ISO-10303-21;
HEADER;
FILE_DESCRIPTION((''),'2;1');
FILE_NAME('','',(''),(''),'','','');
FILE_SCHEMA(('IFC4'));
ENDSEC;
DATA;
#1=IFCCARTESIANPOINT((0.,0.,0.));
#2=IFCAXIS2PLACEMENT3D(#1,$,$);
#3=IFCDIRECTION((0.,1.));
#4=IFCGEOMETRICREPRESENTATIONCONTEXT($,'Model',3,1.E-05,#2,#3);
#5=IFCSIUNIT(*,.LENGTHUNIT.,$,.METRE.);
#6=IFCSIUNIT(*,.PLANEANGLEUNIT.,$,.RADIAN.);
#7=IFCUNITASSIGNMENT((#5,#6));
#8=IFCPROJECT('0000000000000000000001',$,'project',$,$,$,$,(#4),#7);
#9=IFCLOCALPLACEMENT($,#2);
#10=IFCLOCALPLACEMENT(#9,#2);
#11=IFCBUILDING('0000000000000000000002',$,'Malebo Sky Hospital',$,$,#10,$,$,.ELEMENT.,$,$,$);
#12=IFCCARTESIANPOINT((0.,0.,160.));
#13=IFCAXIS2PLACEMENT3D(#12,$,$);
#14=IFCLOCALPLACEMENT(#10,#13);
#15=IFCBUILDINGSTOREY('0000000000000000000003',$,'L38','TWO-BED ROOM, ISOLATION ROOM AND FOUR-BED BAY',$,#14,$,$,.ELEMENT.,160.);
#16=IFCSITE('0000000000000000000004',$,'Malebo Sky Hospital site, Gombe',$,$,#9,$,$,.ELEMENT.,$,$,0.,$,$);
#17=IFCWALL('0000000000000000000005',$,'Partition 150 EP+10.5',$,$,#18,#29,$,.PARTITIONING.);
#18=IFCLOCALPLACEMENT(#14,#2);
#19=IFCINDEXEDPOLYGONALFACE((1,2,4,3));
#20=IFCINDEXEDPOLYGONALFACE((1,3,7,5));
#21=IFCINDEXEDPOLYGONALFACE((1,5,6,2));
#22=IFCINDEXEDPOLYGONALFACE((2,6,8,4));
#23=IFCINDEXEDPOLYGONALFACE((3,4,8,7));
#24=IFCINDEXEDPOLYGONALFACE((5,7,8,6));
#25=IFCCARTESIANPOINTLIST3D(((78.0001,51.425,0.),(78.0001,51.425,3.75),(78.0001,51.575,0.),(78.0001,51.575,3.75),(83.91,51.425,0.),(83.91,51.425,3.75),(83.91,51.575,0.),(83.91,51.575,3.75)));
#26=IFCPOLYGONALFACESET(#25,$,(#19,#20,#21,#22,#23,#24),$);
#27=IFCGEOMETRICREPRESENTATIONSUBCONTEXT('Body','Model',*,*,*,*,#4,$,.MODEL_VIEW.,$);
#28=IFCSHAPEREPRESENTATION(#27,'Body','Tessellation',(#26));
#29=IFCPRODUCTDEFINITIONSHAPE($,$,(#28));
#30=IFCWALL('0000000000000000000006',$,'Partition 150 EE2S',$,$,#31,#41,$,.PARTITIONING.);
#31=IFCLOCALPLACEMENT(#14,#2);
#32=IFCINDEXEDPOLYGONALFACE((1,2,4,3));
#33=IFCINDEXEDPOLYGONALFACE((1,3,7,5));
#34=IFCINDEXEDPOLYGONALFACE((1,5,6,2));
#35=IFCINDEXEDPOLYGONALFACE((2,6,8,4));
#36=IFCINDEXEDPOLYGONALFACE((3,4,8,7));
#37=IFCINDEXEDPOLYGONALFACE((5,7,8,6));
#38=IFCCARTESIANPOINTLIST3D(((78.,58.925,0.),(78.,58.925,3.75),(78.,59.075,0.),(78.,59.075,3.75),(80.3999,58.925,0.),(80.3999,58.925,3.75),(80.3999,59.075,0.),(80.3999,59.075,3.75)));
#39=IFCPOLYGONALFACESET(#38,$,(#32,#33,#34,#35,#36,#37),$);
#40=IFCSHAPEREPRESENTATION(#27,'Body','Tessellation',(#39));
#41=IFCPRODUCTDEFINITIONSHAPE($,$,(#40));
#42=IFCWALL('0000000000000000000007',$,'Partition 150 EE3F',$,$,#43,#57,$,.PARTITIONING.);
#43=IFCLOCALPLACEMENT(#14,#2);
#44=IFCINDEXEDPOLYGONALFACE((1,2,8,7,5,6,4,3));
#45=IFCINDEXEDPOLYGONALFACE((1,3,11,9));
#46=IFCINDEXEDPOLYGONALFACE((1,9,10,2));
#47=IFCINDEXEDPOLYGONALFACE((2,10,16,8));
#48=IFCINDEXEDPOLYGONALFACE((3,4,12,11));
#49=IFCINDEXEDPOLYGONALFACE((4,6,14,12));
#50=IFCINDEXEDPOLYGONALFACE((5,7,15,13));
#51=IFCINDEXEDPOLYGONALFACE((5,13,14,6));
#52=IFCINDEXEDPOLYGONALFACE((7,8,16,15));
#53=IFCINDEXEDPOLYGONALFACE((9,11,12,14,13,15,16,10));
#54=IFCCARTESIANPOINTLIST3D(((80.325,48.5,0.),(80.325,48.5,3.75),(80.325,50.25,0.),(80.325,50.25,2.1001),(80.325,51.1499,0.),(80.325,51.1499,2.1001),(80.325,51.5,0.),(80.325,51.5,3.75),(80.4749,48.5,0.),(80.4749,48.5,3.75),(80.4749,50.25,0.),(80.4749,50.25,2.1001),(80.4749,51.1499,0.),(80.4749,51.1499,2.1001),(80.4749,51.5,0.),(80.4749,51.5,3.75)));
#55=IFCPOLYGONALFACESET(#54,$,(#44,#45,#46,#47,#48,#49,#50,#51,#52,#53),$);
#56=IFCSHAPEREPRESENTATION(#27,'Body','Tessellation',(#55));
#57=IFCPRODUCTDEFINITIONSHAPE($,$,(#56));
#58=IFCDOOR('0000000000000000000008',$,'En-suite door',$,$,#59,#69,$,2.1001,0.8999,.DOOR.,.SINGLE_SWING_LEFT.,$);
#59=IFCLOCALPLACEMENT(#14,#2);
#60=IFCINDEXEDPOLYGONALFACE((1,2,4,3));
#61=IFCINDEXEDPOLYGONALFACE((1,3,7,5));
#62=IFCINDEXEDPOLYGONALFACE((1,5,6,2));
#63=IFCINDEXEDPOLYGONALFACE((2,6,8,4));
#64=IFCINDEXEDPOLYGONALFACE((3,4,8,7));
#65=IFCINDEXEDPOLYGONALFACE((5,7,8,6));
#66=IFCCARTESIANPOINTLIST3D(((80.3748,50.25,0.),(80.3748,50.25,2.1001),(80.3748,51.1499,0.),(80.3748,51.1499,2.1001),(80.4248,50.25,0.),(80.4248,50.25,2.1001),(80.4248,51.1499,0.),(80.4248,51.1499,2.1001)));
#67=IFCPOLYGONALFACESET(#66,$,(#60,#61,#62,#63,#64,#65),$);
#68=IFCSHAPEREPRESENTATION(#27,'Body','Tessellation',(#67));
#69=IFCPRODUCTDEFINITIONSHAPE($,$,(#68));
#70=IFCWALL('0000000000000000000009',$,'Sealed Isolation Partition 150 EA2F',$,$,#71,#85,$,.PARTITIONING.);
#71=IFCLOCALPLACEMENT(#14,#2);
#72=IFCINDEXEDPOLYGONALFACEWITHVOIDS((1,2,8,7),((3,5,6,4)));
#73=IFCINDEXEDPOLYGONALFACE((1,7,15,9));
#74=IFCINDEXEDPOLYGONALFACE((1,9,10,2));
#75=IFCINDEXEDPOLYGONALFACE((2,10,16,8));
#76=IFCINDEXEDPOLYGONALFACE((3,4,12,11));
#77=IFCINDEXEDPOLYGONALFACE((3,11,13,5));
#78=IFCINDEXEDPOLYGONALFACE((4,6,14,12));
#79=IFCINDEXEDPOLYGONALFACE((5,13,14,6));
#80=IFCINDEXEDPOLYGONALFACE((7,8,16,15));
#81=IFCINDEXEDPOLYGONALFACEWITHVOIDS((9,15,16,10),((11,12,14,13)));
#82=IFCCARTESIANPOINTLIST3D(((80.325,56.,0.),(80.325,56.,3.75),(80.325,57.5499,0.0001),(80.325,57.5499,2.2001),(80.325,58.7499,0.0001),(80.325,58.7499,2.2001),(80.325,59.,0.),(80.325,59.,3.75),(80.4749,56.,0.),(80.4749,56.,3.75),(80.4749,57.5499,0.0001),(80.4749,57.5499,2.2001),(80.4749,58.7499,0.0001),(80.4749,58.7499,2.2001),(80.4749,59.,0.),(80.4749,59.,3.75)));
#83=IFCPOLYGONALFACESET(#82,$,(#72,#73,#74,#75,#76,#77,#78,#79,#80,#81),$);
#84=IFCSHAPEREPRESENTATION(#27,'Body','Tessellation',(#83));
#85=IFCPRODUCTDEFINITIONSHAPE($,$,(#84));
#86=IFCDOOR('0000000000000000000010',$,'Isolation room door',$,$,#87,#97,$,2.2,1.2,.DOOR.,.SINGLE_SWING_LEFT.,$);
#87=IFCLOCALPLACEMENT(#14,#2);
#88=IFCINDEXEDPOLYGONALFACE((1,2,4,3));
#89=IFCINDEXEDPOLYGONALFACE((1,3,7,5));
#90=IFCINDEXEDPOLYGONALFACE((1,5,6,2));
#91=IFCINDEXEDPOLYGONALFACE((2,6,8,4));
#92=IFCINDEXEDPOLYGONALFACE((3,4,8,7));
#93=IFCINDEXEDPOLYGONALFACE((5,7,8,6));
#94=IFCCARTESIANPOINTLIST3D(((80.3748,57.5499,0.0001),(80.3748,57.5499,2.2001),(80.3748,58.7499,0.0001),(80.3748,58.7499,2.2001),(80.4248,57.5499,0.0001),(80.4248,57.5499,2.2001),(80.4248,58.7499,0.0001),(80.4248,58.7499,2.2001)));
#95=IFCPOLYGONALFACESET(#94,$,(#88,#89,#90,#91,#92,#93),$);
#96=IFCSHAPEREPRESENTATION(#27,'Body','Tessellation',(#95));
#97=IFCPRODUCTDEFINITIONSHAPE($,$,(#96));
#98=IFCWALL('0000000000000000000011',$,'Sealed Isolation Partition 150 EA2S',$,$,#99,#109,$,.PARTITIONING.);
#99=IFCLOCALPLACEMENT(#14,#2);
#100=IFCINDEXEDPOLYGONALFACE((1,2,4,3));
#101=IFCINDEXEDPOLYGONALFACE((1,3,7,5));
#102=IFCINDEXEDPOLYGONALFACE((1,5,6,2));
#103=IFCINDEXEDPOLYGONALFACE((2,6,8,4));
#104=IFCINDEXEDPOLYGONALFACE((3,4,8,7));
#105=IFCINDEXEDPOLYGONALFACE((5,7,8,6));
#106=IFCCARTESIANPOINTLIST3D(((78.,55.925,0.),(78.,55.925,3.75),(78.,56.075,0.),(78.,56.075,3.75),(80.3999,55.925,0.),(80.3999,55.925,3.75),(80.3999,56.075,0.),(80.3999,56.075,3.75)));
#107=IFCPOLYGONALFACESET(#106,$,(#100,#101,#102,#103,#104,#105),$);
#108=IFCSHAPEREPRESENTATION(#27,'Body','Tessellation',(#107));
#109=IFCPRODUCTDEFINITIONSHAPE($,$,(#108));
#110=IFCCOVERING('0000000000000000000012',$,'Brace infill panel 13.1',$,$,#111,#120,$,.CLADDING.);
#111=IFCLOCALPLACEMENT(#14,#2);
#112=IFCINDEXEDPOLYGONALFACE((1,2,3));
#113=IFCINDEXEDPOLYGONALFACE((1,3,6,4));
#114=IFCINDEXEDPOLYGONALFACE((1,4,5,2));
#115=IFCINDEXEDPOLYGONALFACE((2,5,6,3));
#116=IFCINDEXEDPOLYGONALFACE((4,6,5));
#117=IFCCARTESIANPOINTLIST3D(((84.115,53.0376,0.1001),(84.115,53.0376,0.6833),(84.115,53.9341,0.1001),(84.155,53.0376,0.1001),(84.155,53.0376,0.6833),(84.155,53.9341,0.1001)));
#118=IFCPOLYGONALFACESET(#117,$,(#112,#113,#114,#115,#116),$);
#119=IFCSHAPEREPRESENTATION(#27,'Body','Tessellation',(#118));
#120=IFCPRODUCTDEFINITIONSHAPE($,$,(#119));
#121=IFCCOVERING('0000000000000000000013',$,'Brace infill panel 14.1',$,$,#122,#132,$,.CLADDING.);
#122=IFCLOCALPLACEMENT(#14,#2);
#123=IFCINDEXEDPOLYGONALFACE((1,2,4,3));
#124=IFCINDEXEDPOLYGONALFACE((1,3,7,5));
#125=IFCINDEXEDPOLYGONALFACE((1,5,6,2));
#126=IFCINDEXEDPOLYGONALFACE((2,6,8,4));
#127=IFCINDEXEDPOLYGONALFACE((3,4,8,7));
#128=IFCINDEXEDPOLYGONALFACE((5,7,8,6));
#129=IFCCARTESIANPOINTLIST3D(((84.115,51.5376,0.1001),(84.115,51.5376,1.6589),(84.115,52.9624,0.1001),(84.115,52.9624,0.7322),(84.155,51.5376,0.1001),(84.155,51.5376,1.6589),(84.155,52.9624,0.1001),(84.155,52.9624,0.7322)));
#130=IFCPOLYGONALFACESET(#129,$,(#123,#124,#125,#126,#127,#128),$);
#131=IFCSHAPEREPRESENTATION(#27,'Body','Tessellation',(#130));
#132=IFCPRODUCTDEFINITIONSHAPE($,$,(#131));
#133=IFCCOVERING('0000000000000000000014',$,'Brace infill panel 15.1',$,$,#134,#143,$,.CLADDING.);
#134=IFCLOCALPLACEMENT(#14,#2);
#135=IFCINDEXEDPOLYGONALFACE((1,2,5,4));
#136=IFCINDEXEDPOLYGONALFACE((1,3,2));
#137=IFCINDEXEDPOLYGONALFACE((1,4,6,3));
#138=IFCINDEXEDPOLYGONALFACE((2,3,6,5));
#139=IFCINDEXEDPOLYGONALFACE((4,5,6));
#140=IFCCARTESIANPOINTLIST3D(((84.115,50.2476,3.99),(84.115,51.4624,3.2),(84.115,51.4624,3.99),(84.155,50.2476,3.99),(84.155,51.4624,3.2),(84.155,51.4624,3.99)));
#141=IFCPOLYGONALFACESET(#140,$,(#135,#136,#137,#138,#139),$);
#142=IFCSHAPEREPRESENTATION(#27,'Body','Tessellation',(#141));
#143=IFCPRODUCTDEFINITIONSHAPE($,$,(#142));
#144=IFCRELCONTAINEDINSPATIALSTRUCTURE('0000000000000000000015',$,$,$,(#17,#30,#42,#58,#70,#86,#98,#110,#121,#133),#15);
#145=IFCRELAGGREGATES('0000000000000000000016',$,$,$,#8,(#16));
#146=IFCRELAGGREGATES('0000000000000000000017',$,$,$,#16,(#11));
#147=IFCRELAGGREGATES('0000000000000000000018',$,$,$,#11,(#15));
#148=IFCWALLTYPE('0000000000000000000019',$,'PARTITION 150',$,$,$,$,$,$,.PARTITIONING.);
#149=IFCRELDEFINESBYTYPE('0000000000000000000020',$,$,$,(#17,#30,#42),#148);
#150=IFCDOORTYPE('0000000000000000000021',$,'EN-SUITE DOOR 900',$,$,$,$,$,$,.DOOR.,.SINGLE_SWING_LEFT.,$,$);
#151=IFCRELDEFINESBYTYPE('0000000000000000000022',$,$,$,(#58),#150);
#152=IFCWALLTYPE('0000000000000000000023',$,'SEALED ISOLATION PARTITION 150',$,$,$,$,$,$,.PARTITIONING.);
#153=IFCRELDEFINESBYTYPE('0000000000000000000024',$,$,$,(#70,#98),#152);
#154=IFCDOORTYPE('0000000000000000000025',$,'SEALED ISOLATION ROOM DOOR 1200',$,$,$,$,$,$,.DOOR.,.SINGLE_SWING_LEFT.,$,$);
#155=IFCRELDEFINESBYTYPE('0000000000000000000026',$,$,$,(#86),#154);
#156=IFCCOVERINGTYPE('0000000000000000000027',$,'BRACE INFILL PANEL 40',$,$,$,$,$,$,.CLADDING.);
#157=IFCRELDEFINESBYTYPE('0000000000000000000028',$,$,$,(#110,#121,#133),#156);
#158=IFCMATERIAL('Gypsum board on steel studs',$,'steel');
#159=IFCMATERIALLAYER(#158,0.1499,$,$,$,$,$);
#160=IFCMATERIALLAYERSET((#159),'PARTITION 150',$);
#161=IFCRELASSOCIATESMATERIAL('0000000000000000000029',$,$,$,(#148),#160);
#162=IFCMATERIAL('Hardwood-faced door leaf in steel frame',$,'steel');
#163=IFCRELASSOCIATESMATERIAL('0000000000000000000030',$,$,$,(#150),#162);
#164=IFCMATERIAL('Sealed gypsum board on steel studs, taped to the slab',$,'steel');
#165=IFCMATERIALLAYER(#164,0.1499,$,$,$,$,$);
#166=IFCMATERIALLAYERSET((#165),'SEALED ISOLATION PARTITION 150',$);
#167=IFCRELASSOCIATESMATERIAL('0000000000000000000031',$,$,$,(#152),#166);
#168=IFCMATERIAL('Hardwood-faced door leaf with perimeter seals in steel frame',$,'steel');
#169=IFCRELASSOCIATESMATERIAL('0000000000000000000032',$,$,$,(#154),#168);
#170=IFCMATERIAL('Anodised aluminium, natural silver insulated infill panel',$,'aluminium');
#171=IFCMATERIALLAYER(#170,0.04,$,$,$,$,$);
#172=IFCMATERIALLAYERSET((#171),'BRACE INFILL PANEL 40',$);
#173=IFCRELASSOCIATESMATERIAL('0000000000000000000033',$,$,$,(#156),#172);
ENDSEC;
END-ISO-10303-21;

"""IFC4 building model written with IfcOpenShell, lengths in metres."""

from ifc_helpers import new_model, si_unit, direction, frame, frame_2d, origin, place, context, subcontext, project, spatial, polyline, rectangle, outline, extrude, material, layer, layer_set, type_object, element, fill, save


model = new_model("IFC4")

# Units and contexts
model_context = context("Model", 3, precision=1e-05, world=origin(), true_north=direction((0.0, 1.0)))
body_context = subcontext(model_context, "Body", "Model", "MODEL_VIEW")
ifc_project = project(units=[si_unit("LENGTHUNIT", "METRE"), si_unit("PLANEANGLEUNIT", "RADIAN")], contexts=[model_context])

# Site, building, storey
site_placement = place(None, origin())
site = spatial("IfcSite", under=ifc_project, at=site_placement, Name="Malebo Sky Hospital site, Gombe", CompositionType="ELEMENT", RefElevation=0.0)
building_placement = place(site_placement, origin())
building = spatial("IfcBuilding", under=site, at=building_placement, Name="Malebo Sky Hospital", CompositionType="ELEMENT")
storey_placement = place(building_placement, frame((0.0, 0.0, 160.0)))
storey = spatial("IfcBuildingStorey", under=building, at=storey_placement, Name="L38", Description="TWO-BED ROOM, ISOLATION ROOM AND FOUR-BED BAY", CompositionType="ELEMENT", Elevation=160.0)

# Walls
ifc_material_1 = material(Name="Gypsum board on steel studs", Category="steel")
ifc_layer_1 = layer(ifc_material_1, 0.1499)
ifc_layer_set_1 = layer_set([ifc_layer_1], Name="PARTITION 150")
wall_type_1 = type_object("IfcWallType", Name="PARTITION 150", PredefinedType="PARTITIONING", material=ifc_layer_set_1)
wall_1_placement = place(storey_placement, frame((78.0, 51.5, 0.0), z_axis=(0.0, 0.0, 1.0), x_axis=(1.0, 0.0, 0.0)))
element("IfcWall", 1, at=wall_1_placement, inside=storey, type_object=wall_type_1, Name="Partition 150 EP+10.5", PredefinedType="PARTITIONING", context=body_context, shape_type="SweptSolid", body=[
    extrude(rectangle(XDim=5.9099, YDim=0.1499, at=frame_2d((2.9551, 0.0))), origin(), (0.0, 0.0, 1.0), 3.75),
])
wall_2_placement = place(storey_placement, frame((78.0, 59.0, 0.0), z_axis=(0.0, 0.0, 1.0), x_axis=(1.0, 0.0, 0.0)))
element("IfcWall", 2, at=wall_2_placement, inside=storey, type_object=wall_type_1, Name="Partition 150 EE2S", PredefinedType="PARTITIONING", context=body_context, shape_type="SweptSolid", body=[
    extrude(rectangle(XDim=2.3999, YDim=0.1499, at=frame_2d((1.2, 0.0))), origin(), (0.0, 0.0, 1.0), 3.75),
])

# Walls, openings, doors
wall_3_placement = place(storey_placement, frame((80.3999, 51.5, 0.0), z_axis=(0.0, 0.0, 1.0), x_axis=(0.0, -1.0, 0.0)))
wall_3 = element("IfcWall", 3, at=wall_3_placement, inside=storey, type_object=wall_type_1, Name="Partition 150 EE3F", PredefinedType="PARTITIONING", context=body_context, shape_type="SweptSolid", body=[
    extrude(rectangle(XDim=3.0, YDim=0.1499, at=frame_2d((1.5, 0.0))), origin(), (0.0, 0.0, 1.0), 3.75),
])
opening_1_placement = place(wall_3_placement, frame((0.3501, 0.0, 0.0)))
opening_1 = element("IfcOpeningElement", 4, at=opening_1_placement, cuts=wall_3, PredefinedType="OPENING", context=body_context, shape_type="SweptSolid", body=[
    extrude(rectangle(XDim=0.8999, YDim=2.1001, at=frame_2d((0.45, 1.05))), frame((0.0, 0.085, 0.0), z_axis=(0.0, -1.0, 0.0), x_axis=(1.0, 0.0, 0.0)), (0.0, 0.0, 1.0), 0.1699),
])
ifc_material_2 = material(Name="Hardwood-faced door leaf in steel frame", Category="steel")
door_type_1 = type_object("IfcDoorType", Name="EN-SUITE DOOR 900", OperationType="SINGLE_SWING_LEFT", PredefinedType="DOOR", material=ifc_material_2)
door_1_placement = place(opening_1_placement, origin())
door_1 = element("IfcDoor", 5, at=door_1_placement, inside=storey, type_object=door_type_1, Name="En-suite door", OperationType="SINGLE_SWING_LEFT", OverallHeight=2.1001, OverallWidth=0.8999, PredefinedType="DOOR", context=body_context, shape_type="SweptSolid", body=[
    extrude(rectangle(XDim=0.8999, YDim=2.1001, at=frame_2d((0.45, 1.05))), frame((0.0, 0.0249, 0.0), z_axis=(0.0, -1.0, 0.0), x_axis=(1.0, 0.0, 0.0)), (0.0, 0.0, 1.0), 0.05),
])
fill(opening_1, door_1)
ifc_material_3 = material(Name="Sealed gypsum board on steel studs, taped to the slab", Category="steel")
ifc_layer_2 = layer(ifc_material_3, 0.1499)
ifc_layer_set_2 = layer_set([ifc_layer_2], Name="SEALED ISOLATION PARTITION 150")
wall_type_2 = type_object("IfcWallType", Name="SEALED ISOLATION PARTITION 150", PredefinedType="PARTITIONING", material=ifc_layer_set_2)
wall_4_placement = place(storey_placement, frame((80.3999, 59.0, 0.0), z_axis=(0.0, 0.0, 1.0), x_axis=(0.0, -1.0, 0.0)))
wall_4 = element("IfcWall", 6, at=wall_4_placement, inside=storey, type_object=wall_type_2, Name="Sealed Isolation Partition 150 EA2F", PredefinedType="PARTITIONING", context=body_context, shape_type="SweptSolid", body=[
    extrude(rectangle(XDim=3.0, YDim=0.1499, at=frame_2d((1.5, 0.0))), origin(), (0.0, 0.0, 1.0), 3.75),
])
opening_2_placement = place(wall_4_placement, frame((0.25, 0.0, 0.0)))
opening_2 = element("IfcOpeningElement", 7, at=opening_2_placement, cuts=wall_4, PredefinedType="OPENING", context=body_context, shape_type="SweptSolid", body=[
    extrude(rectangle(XDim=1.2, YDim=2.2, at=frame_2d((0.6001, 1.1001))), frame((0.0, 0.085, 0.0), z_axis=(0.0, -1.0, 0.0), x_axis=(1.0, 0.0, 0.0)), (0.0, 0.0, 1.0), 0.1699),
])
ifc_material_4 = material(Name="Hardwood-faced door leaf with perimeter seals in steel frame", Category="steel")
door_type_2 = type_object("IfcDoorType", Name="SEALED ISOLATION ROOM DOOR 1200", OperationType="SINGLE_SWING_LEFT", PredefinedType="DOOR", material=ifc_material_4)
door_2_placement = place(opening_2_placement, origin())
door_2 = element("IfcDoor", 8, at=door_2_placement, inside=storey, type_object=door_type_2, Name="Isolation room door", OperationType="SINGLE_SWING_LEFT", OverallHeight=2.2, OverallWidth=1.2, PredefinedType="DOOR", context=body_context, shape_type="SweptSolid", body=[
    extrude(rectangle(XDim=1.2, YDim=2.2, at=frame_2d((0.6001, 1.1001))), frame((0.0, 0.0249, 0.0), z_axis=(0.0, -1.0, 0.0), x_axis=(1.0, 0.0, 0.0)), (0.0, 0.0, 1.0), 0.05),
])
fill(opening_2, door_2)

# Wall
wall_5_placement = place(storey_placement, frame((78.0, 56.0, 0.0), z_axis=(0.0, 0.0, 1.0), x_axis=(1.0, 0.0, 0.0)))
element("IfcWall", 9, at=wall_5_placement, inside=storey, type_object=wall_type_2, Name="Sealed Isolation Partition 150 EA2S", PredefinedType="PARTITIONING", context=body_context, shape_type="SweptSolid", body=[
    extrude(rectangle(XDim=2.3999, YDim=0.1499, at=frame_2d((1.2, 0.0))), origin(), (0.0, 0.0, 1.0), 3.75),
])

# Coverings
ifc_material_5 = material(Name="Anodised aluminium, natural silver insulated infill panel", Category="aluminium")
ifc_layer_3 = layer(ifc_material_5, 0.04)
ifc_layer_set_3 = layer_set([ifc_layer_3], Name="BRACE INFILL PANEL 40")
covering_type = type_object("IfcCoveringType", Name="BRACE INFILL PANEL 40", PredefinedType="CLADDING", material=ifc_layer_set_3)
covering_1_placement = place(storey_placement, frame((84.135, 53.4858, 0.1001), z_axis=(0.0, 0.0, 1.0), x_axis=(0.0, -1.0, 0.0)))
element("IfcCovering", 10, at=covering_1_placement, inside=storey, type_object=covering_type, Name="Brace infill panel 13.1", PredefinedType="CLADDING", context=body_context, shape_type="SweptSolid", body=[
    extrude(outline(polyline([(-0.4482, 0.0), (0.4482, 0.0), (0.4482, 0.5833), (-0.4482, 0.0)])), frame((0.0, 0.02, 0.0), z_axis=(0.0, -1.0, 0.0), x_axis=(1.0, 0.0, 0.0)), (0.0, 0.0, 1.0), 0.04),
])
covering_2_placement = place(storey_placement, frame((84.135, 52.25, 0.1001), z_axis=(0.0, 0.0, 1.0), x_axis=(0.0, -1.0, 0.0)))
element("IfcCovering", 11, at=covering_2_placement, inside=storey, type_object=covering_type, Name="Brace infill panel 14.1", PredefinedType="CLADDING", context=body_context, shape_type="SweptSolid", body=[
    extrude(outline(polyline([(-0.7124, 0.0), (0.7124, 0.0), (0.7124, 1.5588), (-0.7124, 0.6321), (-0.7124, 0.0)])), frame((0.0, 0.02, 0.0), z_axis=(0.0, -1.0, 0.0), x_axis=(1.0, 0.0, 0.0)), (0.0, 0.0, 1.0), 0.04),
])
covering_3_placement = place(storey_placement, frame((84.135, 50.855, 3.2), z_axis=(0.0, 0.0, 1.0), x_axis=(0.0, -1.0, 0.0)))
element("IfcCovering", 12, at=covering_3_placement, inside=storey, type_object=covering_type, Name="Brace infill panel 15.1", PredefinedType="CLADDING", context=body_context, shape_type="SweptSolid", body=[
    extrude(outline(polyline([(-0.6074, 0.0), (0.6074, 0.79), (-0.6074, 0.79), (-0.6074, 0.0)])), frame((0.0, 0.02, 0.0), z_axis=(0.0, -1.0, 0.0), x_axis=(1.0, 0.0, 0.0)), (0.0, 0.0, 1.0), 0.04),
])

save(model, "model.ifc")
